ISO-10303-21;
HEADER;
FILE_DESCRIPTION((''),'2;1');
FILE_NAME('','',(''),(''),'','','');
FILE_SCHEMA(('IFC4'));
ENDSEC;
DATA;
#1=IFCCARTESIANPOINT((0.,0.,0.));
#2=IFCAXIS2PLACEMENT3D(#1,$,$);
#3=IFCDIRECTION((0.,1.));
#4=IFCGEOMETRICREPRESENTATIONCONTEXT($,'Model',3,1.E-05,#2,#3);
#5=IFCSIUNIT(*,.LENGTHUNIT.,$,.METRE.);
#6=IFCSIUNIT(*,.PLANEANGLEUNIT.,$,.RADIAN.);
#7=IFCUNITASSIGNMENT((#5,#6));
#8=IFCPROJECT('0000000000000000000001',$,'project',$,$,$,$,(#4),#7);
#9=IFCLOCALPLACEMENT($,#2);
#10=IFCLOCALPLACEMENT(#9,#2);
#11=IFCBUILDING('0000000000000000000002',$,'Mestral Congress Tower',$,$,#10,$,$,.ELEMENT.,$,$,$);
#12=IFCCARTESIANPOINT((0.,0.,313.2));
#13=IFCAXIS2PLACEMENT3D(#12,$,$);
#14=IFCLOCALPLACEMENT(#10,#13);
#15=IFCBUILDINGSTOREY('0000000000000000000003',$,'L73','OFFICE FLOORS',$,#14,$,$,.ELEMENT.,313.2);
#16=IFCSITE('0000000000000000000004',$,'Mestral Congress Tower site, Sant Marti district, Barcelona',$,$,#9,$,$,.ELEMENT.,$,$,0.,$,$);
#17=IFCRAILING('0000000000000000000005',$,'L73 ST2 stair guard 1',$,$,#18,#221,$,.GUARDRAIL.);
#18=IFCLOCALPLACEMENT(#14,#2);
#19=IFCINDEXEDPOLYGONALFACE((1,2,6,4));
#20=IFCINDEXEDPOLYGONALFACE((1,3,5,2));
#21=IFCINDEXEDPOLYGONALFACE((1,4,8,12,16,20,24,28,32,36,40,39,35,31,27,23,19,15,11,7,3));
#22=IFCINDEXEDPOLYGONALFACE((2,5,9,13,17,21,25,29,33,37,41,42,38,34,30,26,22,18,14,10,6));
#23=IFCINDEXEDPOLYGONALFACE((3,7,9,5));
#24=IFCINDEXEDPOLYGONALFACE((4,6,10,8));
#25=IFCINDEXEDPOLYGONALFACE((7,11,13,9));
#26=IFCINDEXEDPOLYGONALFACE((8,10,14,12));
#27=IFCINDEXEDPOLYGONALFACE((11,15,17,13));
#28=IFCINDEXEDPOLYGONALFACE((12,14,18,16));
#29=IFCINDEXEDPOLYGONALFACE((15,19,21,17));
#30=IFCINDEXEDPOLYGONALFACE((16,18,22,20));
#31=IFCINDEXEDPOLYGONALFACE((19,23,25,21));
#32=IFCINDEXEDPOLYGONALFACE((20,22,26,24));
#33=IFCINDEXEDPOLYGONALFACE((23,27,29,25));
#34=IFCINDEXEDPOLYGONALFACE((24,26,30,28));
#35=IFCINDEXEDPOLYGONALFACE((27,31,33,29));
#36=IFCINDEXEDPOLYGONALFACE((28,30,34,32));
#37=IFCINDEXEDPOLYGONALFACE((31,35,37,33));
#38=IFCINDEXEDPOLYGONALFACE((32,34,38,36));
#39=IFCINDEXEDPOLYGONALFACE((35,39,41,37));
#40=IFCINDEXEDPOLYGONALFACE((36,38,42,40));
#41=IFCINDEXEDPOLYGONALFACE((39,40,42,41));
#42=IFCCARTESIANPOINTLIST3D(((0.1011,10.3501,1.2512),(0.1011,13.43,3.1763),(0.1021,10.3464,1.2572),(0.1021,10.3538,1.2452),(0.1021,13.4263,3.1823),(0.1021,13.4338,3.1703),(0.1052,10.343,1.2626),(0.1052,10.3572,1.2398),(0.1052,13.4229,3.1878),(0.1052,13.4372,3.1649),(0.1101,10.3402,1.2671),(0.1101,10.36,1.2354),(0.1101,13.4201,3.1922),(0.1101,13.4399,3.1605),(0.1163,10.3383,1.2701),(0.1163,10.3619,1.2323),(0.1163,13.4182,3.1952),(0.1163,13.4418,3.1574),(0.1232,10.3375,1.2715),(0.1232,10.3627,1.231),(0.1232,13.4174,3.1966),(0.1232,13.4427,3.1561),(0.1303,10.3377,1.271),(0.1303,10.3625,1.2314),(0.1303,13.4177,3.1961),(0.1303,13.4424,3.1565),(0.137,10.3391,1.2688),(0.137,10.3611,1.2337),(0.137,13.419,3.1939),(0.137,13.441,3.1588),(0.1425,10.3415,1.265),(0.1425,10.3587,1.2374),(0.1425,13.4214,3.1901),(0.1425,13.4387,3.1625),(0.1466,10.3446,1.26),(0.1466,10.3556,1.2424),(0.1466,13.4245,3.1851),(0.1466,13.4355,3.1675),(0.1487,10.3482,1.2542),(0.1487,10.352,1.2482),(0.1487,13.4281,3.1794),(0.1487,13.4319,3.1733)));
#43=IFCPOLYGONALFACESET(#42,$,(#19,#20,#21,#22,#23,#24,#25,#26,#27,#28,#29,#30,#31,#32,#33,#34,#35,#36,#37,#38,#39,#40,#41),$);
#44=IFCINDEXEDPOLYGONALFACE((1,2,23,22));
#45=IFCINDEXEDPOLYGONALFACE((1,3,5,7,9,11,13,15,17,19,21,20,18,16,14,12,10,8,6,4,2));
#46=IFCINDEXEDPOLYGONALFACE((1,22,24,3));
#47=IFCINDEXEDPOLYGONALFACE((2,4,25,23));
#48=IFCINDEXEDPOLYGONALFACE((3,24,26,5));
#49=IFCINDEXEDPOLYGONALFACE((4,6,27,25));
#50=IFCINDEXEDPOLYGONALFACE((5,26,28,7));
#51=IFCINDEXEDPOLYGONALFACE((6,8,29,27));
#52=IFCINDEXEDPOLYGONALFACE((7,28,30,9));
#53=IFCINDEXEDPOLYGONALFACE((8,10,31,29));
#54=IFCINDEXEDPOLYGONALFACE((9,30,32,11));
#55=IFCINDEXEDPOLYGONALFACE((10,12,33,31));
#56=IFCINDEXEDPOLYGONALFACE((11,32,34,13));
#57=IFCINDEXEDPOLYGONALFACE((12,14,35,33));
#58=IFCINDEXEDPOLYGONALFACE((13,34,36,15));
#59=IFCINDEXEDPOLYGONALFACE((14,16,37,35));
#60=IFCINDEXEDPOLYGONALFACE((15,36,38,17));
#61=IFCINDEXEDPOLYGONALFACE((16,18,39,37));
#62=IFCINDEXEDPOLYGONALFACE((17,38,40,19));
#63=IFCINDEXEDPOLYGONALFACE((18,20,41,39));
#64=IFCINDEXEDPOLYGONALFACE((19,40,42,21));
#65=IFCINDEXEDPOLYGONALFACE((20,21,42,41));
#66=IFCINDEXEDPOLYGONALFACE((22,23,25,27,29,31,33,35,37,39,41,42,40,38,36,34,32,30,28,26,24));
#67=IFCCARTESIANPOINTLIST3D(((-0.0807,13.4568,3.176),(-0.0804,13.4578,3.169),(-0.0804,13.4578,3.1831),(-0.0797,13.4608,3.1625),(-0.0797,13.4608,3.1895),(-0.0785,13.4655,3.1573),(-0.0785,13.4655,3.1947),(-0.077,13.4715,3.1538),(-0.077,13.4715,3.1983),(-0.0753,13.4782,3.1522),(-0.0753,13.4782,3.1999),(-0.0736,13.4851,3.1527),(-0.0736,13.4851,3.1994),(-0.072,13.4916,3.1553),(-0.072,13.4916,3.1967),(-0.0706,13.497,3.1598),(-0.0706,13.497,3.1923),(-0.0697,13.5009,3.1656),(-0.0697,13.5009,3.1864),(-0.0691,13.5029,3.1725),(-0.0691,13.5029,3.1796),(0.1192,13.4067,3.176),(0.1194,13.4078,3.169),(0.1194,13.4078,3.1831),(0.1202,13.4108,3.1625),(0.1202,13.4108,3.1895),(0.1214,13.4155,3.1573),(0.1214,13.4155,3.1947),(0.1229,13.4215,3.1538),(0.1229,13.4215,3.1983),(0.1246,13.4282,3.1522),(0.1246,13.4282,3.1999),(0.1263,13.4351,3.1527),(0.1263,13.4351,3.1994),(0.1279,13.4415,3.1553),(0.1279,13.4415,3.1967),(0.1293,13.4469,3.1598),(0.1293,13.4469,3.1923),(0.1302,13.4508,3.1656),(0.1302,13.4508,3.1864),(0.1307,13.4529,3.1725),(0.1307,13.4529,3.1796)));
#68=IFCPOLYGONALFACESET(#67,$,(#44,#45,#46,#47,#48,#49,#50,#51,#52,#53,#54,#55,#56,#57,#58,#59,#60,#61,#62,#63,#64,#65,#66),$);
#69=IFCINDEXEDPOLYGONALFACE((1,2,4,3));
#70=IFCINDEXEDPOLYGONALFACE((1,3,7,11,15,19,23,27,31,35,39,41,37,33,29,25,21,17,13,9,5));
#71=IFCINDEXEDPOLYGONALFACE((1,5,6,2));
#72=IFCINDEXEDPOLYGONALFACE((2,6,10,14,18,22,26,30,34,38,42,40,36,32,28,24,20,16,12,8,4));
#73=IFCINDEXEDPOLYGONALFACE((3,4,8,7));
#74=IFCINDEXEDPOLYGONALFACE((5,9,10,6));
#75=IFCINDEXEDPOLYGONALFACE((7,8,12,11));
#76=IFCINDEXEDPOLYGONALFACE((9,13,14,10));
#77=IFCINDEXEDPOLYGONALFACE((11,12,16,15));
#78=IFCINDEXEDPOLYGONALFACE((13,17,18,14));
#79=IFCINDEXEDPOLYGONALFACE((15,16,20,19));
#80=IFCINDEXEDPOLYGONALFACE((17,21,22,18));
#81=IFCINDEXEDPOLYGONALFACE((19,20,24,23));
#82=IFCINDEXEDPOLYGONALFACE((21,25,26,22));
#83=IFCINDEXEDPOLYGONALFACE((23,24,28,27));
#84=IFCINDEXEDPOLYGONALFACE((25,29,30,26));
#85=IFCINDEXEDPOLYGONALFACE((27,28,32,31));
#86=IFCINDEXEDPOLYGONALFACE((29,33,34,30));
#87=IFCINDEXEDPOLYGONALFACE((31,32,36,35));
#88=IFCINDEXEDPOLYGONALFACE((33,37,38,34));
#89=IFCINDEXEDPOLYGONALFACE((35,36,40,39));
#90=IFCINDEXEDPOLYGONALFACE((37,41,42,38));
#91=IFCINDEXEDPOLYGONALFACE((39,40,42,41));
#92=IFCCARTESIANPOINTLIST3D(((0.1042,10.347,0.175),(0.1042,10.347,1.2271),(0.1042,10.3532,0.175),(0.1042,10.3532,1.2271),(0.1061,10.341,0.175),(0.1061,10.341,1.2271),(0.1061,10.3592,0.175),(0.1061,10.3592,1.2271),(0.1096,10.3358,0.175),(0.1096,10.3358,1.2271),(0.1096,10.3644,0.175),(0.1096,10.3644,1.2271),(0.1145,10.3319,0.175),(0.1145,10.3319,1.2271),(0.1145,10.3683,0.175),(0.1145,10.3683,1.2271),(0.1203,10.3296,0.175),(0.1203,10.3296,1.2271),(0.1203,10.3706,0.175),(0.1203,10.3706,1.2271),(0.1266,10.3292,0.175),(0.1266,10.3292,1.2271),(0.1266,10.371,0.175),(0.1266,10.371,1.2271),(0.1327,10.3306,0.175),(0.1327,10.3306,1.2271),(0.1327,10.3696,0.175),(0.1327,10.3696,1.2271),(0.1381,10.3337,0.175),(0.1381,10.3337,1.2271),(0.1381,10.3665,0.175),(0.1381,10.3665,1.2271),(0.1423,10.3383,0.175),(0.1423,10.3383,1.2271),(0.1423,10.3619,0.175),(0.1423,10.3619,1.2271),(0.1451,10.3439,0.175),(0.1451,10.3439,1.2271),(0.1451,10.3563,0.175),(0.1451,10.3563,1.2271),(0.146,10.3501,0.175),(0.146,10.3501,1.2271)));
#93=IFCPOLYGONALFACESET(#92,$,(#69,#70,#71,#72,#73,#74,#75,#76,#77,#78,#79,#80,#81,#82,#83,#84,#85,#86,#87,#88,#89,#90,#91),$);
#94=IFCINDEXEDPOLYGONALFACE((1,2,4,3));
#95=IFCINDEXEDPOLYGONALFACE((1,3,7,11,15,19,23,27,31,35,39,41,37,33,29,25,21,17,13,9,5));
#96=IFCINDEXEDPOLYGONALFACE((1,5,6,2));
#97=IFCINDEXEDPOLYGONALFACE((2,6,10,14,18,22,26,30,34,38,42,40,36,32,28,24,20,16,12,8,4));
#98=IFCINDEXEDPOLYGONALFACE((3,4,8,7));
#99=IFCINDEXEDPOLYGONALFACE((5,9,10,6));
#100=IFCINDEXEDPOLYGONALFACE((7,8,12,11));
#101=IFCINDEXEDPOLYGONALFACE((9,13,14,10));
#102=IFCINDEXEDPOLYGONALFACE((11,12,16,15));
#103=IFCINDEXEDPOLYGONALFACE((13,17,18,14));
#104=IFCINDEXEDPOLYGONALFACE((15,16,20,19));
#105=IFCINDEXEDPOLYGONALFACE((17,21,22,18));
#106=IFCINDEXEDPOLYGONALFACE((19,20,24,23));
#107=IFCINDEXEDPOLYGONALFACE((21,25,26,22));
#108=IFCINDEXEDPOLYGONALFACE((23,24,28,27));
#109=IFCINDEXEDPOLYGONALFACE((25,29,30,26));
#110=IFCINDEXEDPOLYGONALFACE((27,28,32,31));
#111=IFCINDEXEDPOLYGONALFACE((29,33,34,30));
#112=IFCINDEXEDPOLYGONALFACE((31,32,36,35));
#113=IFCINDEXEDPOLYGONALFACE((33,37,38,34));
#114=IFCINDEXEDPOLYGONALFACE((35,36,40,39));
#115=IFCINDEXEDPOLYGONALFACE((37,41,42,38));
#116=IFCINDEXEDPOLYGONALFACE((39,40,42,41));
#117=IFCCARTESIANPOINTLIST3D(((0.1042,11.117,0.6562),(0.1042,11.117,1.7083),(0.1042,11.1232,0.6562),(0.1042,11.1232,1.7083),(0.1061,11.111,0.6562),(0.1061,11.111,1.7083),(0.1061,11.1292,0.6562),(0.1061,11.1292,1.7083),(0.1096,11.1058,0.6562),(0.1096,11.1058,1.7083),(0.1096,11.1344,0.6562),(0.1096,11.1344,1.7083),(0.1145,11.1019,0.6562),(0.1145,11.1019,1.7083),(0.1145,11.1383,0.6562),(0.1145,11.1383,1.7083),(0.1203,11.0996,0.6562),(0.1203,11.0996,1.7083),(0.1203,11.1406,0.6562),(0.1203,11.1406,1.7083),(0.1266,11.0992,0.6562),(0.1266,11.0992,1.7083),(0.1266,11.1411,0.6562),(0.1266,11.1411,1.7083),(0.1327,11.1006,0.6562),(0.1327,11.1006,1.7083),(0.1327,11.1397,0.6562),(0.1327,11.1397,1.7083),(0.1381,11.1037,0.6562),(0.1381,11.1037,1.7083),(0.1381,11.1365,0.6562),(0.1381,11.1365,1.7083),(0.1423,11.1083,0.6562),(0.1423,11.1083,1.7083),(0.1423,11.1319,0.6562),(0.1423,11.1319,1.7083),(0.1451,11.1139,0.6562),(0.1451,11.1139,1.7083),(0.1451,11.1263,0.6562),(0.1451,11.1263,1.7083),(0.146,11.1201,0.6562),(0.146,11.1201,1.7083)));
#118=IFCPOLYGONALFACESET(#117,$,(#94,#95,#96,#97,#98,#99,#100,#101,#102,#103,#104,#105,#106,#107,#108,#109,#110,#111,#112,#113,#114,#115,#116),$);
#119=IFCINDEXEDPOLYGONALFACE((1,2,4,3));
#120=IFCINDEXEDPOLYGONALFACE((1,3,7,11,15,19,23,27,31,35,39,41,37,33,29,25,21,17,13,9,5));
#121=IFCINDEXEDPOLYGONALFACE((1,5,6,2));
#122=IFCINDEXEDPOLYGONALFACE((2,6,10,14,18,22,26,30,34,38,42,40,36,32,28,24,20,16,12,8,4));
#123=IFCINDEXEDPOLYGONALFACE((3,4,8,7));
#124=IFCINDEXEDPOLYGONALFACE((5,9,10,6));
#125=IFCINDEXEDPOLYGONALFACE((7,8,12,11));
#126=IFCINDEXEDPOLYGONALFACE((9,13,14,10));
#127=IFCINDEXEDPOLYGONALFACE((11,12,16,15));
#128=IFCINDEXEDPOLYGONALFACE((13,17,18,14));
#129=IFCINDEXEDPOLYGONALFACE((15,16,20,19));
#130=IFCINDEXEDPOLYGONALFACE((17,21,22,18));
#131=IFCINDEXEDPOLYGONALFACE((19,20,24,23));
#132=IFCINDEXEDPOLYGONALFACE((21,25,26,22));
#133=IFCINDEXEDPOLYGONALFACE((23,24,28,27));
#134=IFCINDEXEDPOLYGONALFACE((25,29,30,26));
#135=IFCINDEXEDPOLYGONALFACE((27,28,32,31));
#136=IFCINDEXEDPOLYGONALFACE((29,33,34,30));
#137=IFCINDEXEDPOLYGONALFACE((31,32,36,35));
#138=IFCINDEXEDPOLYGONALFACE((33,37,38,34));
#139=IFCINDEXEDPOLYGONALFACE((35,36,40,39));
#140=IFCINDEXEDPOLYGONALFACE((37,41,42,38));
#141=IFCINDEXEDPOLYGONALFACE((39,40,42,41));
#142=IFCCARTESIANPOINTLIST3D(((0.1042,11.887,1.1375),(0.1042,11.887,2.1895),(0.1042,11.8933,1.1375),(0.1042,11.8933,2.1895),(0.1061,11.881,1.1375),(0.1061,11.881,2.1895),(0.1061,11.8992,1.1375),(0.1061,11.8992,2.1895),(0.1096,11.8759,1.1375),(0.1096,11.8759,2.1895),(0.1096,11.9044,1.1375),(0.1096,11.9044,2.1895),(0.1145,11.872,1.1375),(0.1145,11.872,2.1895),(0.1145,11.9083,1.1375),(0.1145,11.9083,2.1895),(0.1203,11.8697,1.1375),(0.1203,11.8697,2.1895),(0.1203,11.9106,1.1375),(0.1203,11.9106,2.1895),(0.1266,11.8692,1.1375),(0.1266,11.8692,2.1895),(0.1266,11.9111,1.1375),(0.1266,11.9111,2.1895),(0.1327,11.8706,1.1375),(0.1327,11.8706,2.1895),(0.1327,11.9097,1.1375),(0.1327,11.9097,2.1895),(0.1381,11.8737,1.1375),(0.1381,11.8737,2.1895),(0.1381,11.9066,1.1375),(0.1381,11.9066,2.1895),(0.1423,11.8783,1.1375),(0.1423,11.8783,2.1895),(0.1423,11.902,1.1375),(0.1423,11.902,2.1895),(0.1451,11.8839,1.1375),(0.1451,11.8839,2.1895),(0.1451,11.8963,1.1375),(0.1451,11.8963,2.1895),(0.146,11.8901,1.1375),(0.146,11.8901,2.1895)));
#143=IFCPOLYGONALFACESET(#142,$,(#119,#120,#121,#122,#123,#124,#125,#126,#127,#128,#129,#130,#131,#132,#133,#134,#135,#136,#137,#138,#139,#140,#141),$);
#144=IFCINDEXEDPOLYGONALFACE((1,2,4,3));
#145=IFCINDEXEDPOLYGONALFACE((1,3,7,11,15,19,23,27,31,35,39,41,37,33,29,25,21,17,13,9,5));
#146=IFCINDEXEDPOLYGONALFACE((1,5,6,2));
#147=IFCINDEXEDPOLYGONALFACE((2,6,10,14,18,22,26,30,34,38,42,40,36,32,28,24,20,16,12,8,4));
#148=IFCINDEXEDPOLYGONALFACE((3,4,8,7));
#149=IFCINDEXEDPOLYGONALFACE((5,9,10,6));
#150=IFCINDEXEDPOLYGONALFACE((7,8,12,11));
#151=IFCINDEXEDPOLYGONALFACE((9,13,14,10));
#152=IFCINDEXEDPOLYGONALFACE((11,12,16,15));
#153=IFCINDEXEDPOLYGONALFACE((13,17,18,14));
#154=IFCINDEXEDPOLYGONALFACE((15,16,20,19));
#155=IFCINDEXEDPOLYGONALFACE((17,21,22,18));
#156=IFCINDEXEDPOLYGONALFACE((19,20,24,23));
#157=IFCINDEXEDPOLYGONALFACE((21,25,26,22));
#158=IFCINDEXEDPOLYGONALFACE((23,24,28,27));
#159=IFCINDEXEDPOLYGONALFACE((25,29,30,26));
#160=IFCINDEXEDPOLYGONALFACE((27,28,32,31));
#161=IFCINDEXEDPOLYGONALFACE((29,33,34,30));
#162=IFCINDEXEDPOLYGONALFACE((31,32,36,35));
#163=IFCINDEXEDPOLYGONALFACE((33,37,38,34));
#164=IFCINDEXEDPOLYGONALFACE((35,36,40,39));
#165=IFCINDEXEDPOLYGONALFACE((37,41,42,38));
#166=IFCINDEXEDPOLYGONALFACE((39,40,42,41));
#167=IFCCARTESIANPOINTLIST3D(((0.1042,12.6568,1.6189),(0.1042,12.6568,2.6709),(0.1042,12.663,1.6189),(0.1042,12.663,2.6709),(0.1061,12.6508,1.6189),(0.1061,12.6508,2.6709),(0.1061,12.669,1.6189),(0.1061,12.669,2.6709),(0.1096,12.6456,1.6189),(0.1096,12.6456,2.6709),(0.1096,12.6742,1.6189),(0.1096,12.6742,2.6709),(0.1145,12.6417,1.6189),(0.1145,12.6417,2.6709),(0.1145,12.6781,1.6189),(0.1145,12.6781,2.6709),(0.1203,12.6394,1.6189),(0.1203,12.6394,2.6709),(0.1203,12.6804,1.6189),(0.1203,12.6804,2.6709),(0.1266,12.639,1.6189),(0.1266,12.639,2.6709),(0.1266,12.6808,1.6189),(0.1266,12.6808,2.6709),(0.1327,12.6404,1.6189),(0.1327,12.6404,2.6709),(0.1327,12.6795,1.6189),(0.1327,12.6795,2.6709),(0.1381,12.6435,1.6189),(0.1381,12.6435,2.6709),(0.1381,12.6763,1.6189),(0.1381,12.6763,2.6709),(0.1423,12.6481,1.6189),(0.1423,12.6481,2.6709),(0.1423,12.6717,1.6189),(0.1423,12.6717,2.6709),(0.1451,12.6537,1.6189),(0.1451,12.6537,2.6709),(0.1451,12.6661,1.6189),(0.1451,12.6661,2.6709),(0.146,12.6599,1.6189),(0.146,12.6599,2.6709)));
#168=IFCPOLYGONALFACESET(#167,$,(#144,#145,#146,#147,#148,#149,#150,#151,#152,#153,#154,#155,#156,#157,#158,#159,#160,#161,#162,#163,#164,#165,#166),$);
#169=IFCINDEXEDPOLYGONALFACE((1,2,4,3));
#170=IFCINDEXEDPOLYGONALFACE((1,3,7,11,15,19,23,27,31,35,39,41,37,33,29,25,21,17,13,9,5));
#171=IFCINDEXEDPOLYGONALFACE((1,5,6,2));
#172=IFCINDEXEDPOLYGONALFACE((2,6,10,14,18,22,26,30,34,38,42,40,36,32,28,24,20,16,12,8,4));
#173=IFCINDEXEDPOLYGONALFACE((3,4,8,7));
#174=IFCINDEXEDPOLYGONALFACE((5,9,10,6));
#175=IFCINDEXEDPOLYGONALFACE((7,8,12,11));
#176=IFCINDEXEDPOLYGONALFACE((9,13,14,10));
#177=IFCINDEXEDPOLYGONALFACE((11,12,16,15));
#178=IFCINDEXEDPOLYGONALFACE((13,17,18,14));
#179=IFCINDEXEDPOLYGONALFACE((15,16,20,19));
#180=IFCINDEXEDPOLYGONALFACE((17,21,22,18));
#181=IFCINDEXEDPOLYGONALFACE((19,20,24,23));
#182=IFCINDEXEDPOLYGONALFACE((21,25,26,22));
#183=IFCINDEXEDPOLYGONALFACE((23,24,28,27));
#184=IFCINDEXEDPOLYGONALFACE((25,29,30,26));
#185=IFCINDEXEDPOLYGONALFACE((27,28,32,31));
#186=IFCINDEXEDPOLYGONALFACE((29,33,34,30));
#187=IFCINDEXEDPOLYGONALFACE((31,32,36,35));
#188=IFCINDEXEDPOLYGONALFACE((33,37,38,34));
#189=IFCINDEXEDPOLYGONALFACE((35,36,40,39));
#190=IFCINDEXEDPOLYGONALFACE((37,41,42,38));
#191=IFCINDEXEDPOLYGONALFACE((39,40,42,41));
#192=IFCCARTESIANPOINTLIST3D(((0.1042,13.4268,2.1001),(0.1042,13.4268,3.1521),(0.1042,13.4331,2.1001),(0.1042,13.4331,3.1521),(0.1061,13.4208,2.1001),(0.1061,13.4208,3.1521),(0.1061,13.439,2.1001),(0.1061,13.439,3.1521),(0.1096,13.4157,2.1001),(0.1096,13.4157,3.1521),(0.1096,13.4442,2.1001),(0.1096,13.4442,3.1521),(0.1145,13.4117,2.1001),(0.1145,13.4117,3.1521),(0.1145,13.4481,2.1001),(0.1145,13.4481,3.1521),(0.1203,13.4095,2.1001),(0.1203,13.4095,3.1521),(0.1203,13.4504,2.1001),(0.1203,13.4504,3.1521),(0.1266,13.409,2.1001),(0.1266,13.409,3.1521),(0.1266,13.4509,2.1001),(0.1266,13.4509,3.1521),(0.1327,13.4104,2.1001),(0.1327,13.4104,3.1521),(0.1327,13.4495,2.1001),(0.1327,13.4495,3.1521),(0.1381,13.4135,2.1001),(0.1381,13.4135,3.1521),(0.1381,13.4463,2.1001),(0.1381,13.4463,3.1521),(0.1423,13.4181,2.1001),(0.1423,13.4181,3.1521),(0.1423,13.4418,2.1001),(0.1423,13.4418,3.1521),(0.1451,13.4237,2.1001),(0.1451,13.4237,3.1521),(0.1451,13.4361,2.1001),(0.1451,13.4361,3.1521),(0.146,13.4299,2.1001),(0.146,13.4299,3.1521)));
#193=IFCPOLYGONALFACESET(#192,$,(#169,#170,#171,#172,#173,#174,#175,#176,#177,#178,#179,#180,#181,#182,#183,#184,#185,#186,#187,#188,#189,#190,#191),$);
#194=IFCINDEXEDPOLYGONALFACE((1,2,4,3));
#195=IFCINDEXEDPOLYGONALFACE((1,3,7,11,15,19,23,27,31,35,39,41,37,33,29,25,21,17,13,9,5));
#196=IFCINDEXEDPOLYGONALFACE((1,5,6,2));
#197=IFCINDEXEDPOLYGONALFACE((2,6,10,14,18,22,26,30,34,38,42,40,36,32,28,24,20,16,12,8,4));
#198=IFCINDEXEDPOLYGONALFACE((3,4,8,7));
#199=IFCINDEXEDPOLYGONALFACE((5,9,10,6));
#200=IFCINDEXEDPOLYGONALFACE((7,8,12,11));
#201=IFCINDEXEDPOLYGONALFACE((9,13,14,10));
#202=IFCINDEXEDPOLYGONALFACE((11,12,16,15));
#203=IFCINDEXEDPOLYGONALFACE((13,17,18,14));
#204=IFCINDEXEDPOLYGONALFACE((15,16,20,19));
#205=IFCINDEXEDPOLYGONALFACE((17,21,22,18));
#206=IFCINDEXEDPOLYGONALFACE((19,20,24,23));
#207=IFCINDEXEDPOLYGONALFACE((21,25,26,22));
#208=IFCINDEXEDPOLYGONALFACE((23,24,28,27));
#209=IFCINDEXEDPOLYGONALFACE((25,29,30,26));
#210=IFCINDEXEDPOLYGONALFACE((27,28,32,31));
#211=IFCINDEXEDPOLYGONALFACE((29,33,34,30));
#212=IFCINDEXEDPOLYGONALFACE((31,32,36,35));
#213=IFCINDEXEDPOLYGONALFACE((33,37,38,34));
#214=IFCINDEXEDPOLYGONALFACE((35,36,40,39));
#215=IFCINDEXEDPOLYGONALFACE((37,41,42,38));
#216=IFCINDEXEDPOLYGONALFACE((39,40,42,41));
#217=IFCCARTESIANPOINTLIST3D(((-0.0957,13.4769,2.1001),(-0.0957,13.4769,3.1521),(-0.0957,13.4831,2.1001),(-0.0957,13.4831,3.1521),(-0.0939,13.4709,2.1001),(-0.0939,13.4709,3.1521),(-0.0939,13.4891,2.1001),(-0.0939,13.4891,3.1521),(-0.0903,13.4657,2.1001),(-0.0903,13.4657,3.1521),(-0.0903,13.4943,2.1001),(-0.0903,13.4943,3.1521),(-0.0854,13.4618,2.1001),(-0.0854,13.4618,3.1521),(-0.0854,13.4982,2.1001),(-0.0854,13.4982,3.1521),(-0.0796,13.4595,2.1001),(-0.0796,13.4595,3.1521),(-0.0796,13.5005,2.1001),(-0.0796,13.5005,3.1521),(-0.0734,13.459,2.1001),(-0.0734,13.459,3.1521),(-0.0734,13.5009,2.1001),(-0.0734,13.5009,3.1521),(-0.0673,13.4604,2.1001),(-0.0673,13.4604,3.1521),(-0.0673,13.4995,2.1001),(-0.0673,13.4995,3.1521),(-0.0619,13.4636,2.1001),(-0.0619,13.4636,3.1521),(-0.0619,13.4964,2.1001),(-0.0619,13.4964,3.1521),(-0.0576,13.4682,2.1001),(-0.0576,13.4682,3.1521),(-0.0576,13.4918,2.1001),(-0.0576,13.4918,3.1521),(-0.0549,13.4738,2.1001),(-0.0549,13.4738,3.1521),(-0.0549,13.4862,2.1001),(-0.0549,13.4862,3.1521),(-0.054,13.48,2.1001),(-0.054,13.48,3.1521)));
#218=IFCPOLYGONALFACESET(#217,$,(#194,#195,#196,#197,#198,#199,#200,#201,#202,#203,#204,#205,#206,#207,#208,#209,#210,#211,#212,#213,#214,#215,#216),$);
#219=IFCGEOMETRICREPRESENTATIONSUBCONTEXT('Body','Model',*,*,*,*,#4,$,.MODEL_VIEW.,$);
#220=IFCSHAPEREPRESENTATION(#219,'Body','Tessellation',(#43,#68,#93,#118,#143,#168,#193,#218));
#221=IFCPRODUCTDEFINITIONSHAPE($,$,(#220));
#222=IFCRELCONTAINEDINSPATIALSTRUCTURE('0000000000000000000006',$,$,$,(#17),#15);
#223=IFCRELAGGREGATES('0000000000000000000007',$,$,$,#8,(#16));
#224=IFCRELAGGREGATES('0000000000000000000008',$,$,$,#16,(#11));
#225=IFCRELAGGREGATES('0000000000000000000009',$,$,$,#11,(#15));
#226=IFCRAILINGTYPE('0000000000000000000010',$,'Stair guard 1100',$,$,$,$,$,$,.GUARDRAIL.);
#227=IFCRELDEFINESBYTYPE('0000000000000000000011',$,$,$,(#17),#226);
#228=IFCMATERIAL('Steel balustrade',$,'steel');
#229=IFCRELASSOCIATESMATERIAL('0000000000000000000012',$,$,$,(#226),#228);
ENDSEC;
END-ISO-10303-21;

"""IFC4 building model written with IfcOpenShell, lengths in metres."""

from ifc_helpers import new_model, si_unit, direction, frame, origin, origin_2d, place, context, subcontext, project, spatial, circle, extrude, material, type_object, element, save


model = new_model("IFC4")

# Units and contexts
model_context = context("Model", 3, precision=1e-05, world=origin(), true_north=direction((0.0, 1.0)))
body_context = subcontext(model_context, "Body", "Model", "MODEL_VIEW")
ifc_project = project(units=[si_unit("LENGTHUNIT", "METRE"), si_unit("PLANEANGLEUNIT", "RADIAN")], contexts=[model_context])

# Site, building, storey
site_placement = place(None, origin())
site = spatial("IfcSite", under=ifc_project, at=site_placement, Name="Mestral Congress Tower site, Sant Marti district, Barcelona", CompositionType="ELEMENT", RefElevation=0.0)
building_placement = place(site_placement, origin())
building = spatial("IfcBuilding", under=site, at=building_placement, Name="Mestral Congress Tower", CompositionType="ELEMENT")
storey_placement = place(building_placement, frame((0.0, 0.0, 313.2)))
storey = spatial("IfcBuildingStorey", under=building, at=storey_placement, Name="L73", Description="OFFICE FLOORS", CompositionType="ELEMENT", Elevation=313.2)

# Railing
ifc_material_1 = material(Name="Steel balustrade", Category="steel")
railing_type_1 = type_object("IfcRailingType", Name="Stair guard 1100", PredefinedType="GUARDRAIL", material=ifc_material_1)
railing_1_placement = place(storey_placement, frame((0.125, 10.3501, 0.175)))
element("IfcRailing", 1, at=railing_1_placement, inside=storey, type_object=railing_type_1, Name="L73 ST2 stair guard 1", PredefinedType="GUARDRAIL", context=body_context, shape_type="SweptSolid", body=[
    extrude(circle(Radius=0.0239, at=origin_2d()), frame((0.0, 0.0, 1.0762), z_axis=(0.0, 0.847979, 0.530029), x_axis=(-1.0, 0.0, 0.0)), (0.0, 0.0, 1.0), 3.6321),
    extrude(circle(Radius=0.0239, at=origin_2d()), frame((0.0, 3.0798, 3.001), z_axis=(-0.970073, 0.242814, 0.0), x_axis=(-0.242814, -0.970073, 0.0)), (0.0, 0.0, 1.0), 0.2061),
    extrude(circle(Radius=0.021, at=origin_2d()), origin(), (0.0, 0.0, 1.0), 1.052),
    extrude(circle(Radius=0.021, at=origin_2d()), frame((0.0, 0.77, 0.4812)), (0.0, 0.0, 1.0), 1.052),
    extrude(circle(Radius=0.021, at=origin_2d()), frame((0.0, 1.54, 0.9624)), (0.0, 0.0, 1.0), 1.052),
    extrude(circle(Radius=0.021, at=origin_2d()), frame((0.0, 2.3098, 1.4438)), (0.0, 0.0, 1.0), 1.052),
    extrude(circle(Radius=0.021, at=origin_2d()), frame((0.0, 3.0798, 1.925)), (0.0, 0.0, 1.0), 1.052),
    extrude(circle(Radius=0.021, at=origin_2d()), frame((-0.2, 3.1299, 1.925)), (0.0, 0.0, 1.0), 1.052),
])

save(model, "model.ifc")
